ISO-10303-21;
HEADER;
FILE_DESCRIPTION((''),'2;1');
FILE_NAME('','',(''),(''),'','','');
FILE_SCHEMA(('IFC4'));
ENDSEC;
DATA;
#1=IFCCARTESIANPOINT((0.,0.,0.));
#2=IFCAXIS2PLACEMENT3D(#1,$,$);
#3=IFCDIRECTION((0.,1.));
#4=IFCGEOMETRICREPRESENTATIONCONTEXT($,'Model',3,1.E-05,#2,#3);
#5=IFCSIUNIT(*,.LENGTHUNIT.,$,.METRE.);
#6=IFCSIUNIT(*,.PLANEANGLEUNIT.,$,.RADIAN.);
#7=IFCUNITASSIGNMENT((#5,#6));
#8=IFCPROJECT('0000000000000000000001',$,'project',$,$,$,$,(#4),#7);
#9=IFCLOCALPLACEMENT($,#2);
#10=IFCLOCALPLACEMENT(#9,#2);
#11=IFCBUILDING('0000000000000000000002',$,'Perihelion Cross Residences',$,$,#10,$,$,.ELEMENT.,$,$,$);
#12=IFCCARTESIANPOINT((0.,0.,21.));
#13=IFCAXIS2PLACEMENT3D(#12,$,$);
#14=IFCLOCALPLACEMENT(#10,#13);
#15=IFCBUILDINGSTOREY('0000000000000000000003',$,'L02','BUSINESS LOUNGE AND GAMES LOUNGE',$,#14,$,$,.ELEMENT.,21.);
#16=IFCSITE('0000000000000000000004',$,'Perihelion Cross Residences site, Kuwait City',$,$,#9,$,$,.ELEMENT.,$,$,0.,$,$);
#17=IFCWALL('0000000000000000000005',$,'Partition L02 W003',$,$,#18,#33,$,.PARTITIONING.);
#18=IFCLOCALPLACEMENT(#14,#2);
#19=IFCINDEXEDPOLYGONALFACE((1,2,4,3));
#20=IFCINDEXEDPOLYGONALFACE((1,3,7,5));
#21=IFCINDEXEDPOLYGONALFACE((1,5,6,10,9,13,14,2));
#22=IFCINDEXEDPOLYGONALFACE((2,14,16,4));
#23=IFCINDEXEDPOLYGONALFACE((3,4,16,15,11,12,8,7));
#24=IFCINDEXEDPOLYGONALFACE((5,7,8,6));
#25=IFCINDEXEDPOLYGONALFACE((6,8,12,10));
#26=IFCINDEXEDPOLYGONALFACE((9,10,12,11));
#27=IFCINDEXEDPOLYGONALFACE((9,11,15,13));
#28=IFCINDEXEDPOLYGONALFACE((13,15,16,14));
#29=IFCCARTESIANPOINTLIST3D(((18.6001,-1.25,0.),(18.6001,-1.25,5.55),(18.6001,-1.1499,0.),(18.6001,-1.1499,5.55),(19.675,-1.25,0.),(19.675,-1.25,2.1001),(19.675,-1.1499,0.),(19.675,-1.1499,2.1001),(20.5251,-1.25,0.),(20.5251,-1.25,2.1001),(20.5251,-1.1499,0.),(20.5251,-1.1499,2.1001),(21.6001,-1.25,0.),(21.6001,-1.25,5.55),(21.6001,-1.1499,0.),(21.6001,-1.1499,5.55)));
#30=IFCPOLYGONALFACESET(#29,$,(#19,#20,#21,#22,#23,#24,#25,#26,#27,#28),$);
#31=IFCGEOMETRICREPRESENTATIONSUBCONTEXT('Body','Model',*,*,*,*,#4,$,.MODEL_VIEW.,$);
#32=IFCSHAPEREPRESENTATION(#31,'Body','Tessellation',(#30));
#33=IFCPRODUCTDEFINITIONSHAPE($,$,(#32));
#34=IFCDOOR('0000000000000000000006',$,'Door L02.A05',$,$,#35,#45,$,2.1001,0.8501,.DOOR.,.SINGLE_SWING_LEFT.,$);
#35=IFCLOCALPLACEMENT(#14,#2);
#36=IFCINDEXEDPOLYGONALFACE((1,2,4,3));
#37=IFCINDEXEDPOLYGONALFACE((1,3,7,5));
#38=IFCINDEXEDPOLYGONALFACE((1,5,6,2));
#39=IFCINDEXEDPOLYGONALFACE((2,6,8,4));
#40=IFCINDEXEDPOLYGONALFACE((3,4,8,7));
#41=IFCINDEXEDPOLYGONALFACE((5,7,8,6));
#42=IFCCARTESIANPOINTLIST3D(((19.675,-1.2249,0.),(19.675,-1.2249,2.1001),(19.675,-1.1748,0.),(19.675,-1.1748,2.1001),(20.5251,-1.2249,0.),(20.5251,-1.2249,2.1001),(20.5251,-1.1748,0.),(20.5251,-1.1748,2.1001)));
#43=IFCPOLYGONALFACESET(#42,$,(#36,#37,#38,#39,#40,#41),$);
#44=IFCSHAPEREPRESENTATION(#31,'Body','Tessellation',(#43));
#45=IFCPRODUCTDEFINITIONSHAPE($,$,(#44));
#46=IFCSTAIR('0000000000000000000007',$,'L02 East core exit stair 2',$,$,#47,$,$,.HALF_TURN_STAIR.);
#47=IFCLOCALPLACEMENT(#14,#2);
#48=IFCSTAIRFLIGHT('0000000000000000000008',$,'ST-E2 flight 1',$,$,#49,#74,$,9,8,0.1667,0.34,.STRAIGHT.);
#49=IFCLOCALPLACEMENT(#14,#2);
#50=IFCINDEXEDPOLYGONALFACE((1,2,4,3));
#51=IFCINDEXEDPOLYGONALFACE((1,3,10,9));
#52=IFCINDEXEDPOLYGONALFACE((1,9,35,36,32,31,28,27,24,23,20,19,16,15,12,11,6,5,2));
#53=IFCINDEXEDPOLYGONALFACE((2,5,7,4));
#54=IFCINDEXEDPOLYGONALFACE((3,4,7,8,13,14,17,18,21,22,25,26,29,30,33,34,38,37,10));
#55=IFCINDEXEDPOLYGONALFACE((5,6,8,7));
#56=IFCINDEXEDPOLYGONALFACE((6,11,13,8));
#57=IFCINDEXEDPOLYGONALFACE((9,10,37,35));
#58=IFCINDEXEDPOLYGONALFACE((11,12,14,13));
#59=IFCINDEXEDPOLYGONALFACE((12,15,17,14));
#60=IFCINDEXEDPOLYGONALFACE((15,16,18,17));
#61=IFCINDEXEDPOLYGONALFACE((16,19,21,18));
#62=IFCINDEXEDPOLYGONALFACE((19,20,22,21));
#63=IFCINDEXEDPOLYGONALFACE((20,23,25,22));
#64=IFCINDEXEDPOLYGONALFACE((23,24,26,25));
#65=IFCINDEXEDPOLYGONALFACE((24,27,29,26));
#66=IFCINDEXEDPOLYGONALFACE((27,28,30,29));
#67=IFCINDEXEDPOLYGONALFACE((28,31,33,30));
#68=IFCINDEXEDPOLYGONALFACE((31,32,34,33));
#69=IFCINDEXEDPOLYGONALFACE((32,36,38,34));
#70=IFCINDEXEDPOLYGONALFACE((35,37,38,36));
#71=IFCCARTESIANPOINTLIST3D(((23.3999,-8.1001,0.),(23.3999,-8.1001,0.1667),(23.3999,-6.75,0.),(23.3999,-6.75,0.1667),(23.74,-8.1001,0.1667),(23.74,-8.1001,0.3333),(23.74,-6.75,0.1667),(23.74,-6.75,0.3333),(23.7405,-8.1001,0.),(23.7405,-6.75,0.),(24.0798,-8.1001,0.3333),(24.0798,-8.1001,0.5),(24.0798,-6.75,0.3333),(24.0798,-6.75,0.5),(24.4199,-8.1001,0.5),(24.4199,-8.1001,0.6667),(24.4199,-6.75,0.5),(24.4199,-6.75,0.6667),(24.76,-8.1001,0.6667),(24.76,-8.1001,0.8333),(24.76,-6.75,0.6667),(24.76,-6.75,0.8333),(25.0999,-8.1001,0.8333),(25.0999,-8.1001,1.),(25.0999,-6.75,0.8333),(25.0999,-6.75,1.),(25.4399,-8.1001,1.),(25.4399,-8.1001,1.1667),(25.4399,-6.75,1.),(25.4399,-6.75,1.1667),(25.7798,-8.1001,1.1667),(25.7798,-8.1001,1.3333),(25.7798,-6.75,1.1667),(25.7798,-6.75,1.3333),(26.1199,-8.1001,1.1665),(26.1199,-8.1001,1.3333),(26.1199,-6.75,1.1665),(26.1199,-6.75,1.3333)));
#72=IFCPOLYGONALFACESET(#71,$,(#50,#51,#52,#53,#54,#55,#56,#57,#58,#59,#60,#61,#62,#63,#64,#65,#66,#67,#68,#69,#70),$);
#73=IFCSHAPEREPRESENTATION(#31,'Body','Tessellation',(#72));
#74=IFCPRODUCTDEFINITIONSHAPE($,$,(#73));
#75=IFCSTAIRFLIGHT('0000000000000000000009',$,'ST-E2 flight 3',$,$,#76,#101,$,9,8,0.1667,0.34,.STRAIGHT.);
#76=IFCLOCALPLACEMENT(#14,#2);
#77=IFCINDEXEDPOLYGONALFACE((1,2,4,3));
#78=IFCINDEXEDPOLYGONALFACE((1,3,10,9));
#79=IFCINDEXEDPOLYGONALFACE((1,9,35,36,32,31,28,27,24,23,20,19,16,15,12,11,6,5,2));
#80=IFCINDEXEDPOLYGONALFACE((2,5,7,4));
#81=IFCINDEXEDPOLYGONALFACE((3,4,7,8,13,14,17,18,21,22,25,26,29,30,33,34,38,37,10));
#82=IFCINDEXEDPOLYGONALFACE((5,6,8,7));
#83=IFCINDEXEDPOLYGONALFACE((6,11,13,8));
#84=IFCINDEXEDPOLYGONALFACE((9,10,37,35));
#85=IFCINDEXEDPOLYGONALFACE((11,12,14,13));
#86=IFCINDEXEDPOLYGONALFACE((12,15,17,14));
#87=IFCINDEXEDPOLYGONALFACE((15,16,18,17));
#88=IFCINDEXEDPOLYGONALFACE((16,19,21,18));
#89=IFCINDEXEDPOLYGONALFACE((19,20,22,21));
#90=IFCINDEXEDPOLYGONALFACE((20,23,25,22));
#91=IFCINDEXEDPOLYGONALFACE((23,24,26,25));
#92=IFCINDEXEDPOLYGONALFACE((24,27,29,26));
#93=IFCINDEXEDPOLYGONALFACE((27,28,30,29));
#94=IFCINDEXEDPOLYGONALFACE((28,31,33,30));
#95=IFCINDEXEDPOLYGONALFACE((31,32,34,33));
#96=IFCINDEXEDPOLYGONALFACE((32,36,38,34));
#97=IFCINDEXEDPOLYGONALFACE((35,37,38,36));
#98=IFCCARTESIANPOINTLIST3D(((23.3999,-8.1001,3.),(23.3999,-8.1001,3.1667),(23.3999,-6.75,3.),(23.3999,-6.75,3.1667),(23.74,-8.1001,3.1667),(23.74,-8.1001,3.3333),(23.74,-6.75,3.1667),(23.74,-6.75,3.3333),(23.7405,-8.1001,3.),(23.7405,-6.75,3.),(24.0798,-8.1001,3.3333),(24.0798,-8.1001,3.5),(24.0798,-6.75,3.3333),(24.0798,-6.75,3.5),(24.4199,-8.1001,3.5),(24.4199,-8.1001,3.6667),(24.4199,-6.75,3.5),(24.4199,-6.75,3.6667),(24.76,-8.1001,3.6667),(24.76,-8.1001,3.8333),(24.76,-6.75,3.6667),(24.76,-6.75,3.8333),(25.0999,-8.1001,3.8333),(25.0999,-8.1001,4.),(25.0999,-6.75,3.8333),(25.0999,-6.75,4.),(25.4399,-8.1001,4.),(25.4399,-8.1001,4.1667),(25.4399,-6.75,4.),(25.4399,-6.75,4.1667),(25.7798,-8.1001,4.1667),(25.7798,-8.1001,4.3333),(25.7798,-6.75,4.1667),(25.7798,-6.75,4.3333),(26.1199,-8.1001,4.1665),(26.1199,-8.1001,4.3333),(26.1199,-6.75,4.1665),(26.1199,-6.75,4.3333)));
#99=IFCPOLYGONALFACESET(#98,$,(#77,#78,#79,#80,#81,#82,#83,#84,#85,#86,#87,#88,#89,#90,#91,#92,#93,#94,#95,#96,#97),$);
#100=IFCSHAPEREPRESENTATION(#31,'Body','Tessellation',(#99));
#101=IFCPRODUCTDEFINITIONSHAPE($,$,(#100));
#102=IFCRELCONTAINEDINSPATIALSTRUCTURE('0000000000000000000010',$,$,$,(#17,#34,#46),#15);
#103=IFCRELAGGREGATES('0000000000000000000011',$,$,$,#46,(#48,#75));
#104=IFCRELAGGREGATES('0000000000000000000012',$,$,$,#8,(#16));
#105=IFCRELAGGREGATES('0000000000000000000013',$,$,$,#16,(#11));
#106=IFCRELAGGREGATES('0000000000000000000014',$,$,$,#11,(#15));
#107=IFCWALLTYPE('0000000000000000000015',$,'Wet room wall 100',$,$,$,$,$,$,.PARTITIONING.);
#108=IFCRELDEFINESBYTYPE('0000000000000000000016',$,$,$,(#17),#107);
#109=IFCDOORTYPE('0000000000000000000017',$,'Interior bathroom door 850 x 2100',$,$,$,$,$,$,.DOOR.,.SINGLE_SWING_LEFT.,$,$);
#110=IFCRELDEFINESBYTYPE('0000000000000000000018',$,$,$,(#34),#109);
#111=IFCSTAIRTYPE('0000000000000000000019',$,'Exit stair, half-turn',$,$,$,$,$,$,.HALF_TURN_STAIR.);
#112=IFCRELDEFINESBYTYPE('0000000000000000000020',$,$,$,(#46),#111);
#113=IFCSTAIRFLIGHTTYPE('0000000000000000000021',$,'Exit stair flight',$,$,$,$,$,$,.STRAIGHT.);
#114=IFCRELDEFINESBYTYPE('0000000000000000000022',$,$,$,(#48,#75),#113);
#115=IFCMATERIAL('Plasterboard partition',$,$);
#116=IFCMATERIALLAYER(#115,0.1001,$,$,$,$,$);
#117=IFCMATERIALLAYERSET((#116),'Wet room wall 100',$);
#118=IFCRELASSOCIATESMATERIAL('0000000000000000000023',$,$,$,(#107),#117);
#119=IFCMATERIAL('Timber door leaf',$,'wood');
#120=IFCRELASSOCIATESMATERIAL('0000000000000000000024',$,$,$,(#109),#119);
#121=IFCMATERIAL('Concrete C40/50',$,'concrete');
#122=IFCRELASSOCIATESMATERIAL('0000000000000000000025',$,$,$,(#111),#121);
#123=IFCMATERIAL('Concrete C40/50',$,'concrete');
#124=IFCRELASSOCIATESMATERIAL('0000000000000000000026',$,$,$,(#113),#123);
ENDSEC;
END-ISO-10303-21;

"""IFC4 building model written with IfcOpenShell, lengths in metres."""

from ifc_helpers import new_model, si_unit, direction, frame, frame_2d, origin, place, context, subcontext, project, spatial, polyline, rectangle, outline, extrude, material, layer, layer_set, type_object, element, fill, aggregate, save


model = new_model("IFC4")

# Units and contexts
model_context = context("Model", 3, precision=1e-05, world=origin(), true_north=direction((0.0, 1.0)))
body_context = subcontext(model_context, "Body", "Model", "MODEL_VIEW")
ifc_project = project(units=[si_unit("LENGTHUNIT", "METRE"), si_unit("PLANEANGLEUNIT", "RADIAN")], contexts=[model_context])

# Site, building, storey
site_placement = place(None, origin())
site = spatial("IfcSite", under=ifc_project, at=site_placement, Name="Perihelion Cross Residences site, Kuwait City", CompositionType="ELEMENT", RefElevation=0.0)
building_placement = place(site_placement, origin())
building = spatial("IfcBuilding", under=site, at=building_placement, Name="Perihelion Cross Residences", CompositionType="ELEMENT")
storey_placement = place(building_placement, frame((0.0, 0.0, 21.0)))
storey = spatial("IfcBuildingStorey", under=building, at=storey_placement, Name="L02", Description="BUSINESS LOUNGE AND GAMES LOUNGE", CompositionType="ELEMENT", Elevation=21.0)

# Wall, opening, door
ifc_material_1 = material(Name="Plasterboard partition")
ifc_layer_1 = layer(ifc_material_1, 0.1001)
ifc_layer_set_1 = layer_set([ifc_layer_1], Name="Wet room wall 100")
wall_type_1 = type_object("IfcWallType", Name="Wet room wall 100", PredefinedType="PARTITIONING", material=ifc_layer_set_1)
wall_1_placement = place(storey_placement, frame((21.6001, -1.2, 0.0), z_axis=(0.0, 0.0, 1.0), x_axis=(-1.0, 0.0, 0.0)))
wall_1 = element("IfcWall", 1, at=wall_1_placement, inside=storey, type_object=wall_type_1, Name="Partition L02 W003", PredefinedType="PARTITIONING", context=body_context, shape_type="SweptSolid", body=[
    extrude(rectangle(XDim=3.0, YDim=0.1001, at=frame_2d((1.5, 0.0))), origin(), (0.0, 0.0, 1.0), 5.55),
])
opening_1_placement = place(wall_1_placement, frame((1.075, 0.0, 0.0)))
opening_1 = element("IfcOpeningElement", 2, at=opening_1_placement, cuts=wall_1, PredefinedType="OPENING", context=body_context, shape_type="SweptSolid", body=[
    extrude(rectangle(XDim=0.8501, YDim=2.1001, at=frame_2d((0.425, 1.05))), frame((0.0, 0.0601, 0.0), z_axis=(0.0, -1.0, 0.0), x_axis=(1.0, 0.0, 0.0)), (0.0, 0.0, 1.0), 0.1201),
])
ifc_material_2 = material(Name="Timber door leaf", Category="wood")
door_type_1 = type_object("IfcDoorType", Name="Interior bathroom door 850 x 2100", OperationType="SINGLE_SWING_LEFT", PredefinedType="DOOR", material=ifc_material_2)
door_1_placement = place(opening_1_placement, origin())
door_1 = element("IfcDoor", 3, at=door_1_placement, inside=storey, type_object=door_type_1, Name="Door L02.A05", OperationType="SINGLE_SWING_LEFT", OverallHeight=2.1001, OverallWidth=0.8501, PredefinedType="DOOR", context=body_context, shape_type="SweptSolid", body=[
    extrude(rectangle(XDim=0.8501, YDim=2.1001, at=frame_2d((0.425, 1.05))), frame((0.0, 0.0249, 0.0), z_axis=(0.0, -1.0, 0.0), x_axis=(1.0, 0.0, 0.0)), (0.0, 0.0, 1.0), 0.05),
])
fill(opening_1, door_1)

# Stair, stair flights
ifc_material_3 = material(Name="Concrete C40/50", Category="concrete")
stair_type = type_object("IfcStairType", Name="Exit stair, half-turn", PredefinedType="HALF_TURN_STAIR", material=ifc_material_3)
stair_placement = place(storey_placement, origin())
stair = element("IfcStair", 4, at=stair_placement, inside=storey, type_object=stair_type, Name="L02 East core exit stair 2", PredefinedType="HALF_TURN_STAIR")
ifc_material_4 = material(Name="Concrete C40/50", Category="concrete")
stair_flight_type = type_object("IfcStairFlightType", Name="Exit stair flight", PredefinedType="STRAIGHT", material=ifc_material_4)
stair_flight_1_placement = place(storey_placement, frame((23.3999, -7.425, 0.0), z_axis=(0.0, 0.0, 1.0), x_axis=(1.0, 0.0, 0.0)))
stair_flight_1 = element("IfcStairFlight", 5, at=stair_flight_1_placement, type_object=stair_flight_type, Name="ST-E2 flight 1", NumberOfRisers=9, NumberOfTreads=8, PredefinedType="STRAIGHT", RiserHeight=0.1667, TreadLength=0.34, context=body_context, shape_type="SweptSolid", body=[
    extrude(outline(polyline([(0.0, 0.0), (0.0, 0.1667), (0.3401, 0.1667), (0.3401, 0.3333), (0.6799, 0.3333), (0.6799, 0.5), (1.02, 0.5), (1.02, 0.6667), (1.3601, 0.6667), (1.3601, 0.8333), (1.7, 0.8333), (1.7, 1.0), (2.04, 1.0), (2.04, 1.1667), (2.3799, 1.1667), (2.3799, 1.3333), (2.72, 1.3333), (2.72, 1.5), (2.72, 1.1665), (0.3406, 0.0), (0.0, 0.0)])), frame((0.0, 0.675, 0.0), z_axis=(0.0, -1.0, 0.0), x_axis=(1.0, 0.0, 0.0)), (0.0, 0.0, 1.0), 1.3501),
])
stair_flight_2_placement = place(storey_placement, frame((23.3999, -7.425, 3.0), z_axis=(0.0, 0.0, 1.0), x_axis=(1.0, 0.0, 0.0)))
stair_flight_2 = element("IfcStairFlight", 6, at=stair_flight_2_placement, type_object=stair_flight_type, Name="ST-E2 flight 3", NumberOfRisers=9, NumberOfTreads=8, PredefinedType="STRAIGHT", RiserHeight=0.1667, TreadLength=0.34, context=body_context, shape_type="SweptSolid", body=[
    extrude(outline(polyline([(0.0, 0.0), (0.0, 0.1667), (0.3401, 0.1667), (0.3401, 0.3333), (0.6799, 0.3333), (0.6799, 0.5), (1.02, 0.5), (1.02, 0.6667), (1.3601, 0.6667), (1.3601, 0.8333), (1.7, 0.8333), (1.7, 1.0), (2.04, 1.0), (2.04, 1.1667), (2.3799, 1.1667), (2.3799, 1.3333), (2.72, 1.3333), (2.72, 1.5), (2.72, 1.1665), (0.3406, 0.0), (0.0, 0.0)])), frame((0.0, 0.675, 0.0), z_axis=(0.0, -1.0, 0.0), x_axis=(1.0, 0.0, 0.0)), (0.0, 0.0, 1.0), 1.3501),
])
aggregate(stair, [stair_flight_1, stair_flight_2])

save(model, "model.ifc")
